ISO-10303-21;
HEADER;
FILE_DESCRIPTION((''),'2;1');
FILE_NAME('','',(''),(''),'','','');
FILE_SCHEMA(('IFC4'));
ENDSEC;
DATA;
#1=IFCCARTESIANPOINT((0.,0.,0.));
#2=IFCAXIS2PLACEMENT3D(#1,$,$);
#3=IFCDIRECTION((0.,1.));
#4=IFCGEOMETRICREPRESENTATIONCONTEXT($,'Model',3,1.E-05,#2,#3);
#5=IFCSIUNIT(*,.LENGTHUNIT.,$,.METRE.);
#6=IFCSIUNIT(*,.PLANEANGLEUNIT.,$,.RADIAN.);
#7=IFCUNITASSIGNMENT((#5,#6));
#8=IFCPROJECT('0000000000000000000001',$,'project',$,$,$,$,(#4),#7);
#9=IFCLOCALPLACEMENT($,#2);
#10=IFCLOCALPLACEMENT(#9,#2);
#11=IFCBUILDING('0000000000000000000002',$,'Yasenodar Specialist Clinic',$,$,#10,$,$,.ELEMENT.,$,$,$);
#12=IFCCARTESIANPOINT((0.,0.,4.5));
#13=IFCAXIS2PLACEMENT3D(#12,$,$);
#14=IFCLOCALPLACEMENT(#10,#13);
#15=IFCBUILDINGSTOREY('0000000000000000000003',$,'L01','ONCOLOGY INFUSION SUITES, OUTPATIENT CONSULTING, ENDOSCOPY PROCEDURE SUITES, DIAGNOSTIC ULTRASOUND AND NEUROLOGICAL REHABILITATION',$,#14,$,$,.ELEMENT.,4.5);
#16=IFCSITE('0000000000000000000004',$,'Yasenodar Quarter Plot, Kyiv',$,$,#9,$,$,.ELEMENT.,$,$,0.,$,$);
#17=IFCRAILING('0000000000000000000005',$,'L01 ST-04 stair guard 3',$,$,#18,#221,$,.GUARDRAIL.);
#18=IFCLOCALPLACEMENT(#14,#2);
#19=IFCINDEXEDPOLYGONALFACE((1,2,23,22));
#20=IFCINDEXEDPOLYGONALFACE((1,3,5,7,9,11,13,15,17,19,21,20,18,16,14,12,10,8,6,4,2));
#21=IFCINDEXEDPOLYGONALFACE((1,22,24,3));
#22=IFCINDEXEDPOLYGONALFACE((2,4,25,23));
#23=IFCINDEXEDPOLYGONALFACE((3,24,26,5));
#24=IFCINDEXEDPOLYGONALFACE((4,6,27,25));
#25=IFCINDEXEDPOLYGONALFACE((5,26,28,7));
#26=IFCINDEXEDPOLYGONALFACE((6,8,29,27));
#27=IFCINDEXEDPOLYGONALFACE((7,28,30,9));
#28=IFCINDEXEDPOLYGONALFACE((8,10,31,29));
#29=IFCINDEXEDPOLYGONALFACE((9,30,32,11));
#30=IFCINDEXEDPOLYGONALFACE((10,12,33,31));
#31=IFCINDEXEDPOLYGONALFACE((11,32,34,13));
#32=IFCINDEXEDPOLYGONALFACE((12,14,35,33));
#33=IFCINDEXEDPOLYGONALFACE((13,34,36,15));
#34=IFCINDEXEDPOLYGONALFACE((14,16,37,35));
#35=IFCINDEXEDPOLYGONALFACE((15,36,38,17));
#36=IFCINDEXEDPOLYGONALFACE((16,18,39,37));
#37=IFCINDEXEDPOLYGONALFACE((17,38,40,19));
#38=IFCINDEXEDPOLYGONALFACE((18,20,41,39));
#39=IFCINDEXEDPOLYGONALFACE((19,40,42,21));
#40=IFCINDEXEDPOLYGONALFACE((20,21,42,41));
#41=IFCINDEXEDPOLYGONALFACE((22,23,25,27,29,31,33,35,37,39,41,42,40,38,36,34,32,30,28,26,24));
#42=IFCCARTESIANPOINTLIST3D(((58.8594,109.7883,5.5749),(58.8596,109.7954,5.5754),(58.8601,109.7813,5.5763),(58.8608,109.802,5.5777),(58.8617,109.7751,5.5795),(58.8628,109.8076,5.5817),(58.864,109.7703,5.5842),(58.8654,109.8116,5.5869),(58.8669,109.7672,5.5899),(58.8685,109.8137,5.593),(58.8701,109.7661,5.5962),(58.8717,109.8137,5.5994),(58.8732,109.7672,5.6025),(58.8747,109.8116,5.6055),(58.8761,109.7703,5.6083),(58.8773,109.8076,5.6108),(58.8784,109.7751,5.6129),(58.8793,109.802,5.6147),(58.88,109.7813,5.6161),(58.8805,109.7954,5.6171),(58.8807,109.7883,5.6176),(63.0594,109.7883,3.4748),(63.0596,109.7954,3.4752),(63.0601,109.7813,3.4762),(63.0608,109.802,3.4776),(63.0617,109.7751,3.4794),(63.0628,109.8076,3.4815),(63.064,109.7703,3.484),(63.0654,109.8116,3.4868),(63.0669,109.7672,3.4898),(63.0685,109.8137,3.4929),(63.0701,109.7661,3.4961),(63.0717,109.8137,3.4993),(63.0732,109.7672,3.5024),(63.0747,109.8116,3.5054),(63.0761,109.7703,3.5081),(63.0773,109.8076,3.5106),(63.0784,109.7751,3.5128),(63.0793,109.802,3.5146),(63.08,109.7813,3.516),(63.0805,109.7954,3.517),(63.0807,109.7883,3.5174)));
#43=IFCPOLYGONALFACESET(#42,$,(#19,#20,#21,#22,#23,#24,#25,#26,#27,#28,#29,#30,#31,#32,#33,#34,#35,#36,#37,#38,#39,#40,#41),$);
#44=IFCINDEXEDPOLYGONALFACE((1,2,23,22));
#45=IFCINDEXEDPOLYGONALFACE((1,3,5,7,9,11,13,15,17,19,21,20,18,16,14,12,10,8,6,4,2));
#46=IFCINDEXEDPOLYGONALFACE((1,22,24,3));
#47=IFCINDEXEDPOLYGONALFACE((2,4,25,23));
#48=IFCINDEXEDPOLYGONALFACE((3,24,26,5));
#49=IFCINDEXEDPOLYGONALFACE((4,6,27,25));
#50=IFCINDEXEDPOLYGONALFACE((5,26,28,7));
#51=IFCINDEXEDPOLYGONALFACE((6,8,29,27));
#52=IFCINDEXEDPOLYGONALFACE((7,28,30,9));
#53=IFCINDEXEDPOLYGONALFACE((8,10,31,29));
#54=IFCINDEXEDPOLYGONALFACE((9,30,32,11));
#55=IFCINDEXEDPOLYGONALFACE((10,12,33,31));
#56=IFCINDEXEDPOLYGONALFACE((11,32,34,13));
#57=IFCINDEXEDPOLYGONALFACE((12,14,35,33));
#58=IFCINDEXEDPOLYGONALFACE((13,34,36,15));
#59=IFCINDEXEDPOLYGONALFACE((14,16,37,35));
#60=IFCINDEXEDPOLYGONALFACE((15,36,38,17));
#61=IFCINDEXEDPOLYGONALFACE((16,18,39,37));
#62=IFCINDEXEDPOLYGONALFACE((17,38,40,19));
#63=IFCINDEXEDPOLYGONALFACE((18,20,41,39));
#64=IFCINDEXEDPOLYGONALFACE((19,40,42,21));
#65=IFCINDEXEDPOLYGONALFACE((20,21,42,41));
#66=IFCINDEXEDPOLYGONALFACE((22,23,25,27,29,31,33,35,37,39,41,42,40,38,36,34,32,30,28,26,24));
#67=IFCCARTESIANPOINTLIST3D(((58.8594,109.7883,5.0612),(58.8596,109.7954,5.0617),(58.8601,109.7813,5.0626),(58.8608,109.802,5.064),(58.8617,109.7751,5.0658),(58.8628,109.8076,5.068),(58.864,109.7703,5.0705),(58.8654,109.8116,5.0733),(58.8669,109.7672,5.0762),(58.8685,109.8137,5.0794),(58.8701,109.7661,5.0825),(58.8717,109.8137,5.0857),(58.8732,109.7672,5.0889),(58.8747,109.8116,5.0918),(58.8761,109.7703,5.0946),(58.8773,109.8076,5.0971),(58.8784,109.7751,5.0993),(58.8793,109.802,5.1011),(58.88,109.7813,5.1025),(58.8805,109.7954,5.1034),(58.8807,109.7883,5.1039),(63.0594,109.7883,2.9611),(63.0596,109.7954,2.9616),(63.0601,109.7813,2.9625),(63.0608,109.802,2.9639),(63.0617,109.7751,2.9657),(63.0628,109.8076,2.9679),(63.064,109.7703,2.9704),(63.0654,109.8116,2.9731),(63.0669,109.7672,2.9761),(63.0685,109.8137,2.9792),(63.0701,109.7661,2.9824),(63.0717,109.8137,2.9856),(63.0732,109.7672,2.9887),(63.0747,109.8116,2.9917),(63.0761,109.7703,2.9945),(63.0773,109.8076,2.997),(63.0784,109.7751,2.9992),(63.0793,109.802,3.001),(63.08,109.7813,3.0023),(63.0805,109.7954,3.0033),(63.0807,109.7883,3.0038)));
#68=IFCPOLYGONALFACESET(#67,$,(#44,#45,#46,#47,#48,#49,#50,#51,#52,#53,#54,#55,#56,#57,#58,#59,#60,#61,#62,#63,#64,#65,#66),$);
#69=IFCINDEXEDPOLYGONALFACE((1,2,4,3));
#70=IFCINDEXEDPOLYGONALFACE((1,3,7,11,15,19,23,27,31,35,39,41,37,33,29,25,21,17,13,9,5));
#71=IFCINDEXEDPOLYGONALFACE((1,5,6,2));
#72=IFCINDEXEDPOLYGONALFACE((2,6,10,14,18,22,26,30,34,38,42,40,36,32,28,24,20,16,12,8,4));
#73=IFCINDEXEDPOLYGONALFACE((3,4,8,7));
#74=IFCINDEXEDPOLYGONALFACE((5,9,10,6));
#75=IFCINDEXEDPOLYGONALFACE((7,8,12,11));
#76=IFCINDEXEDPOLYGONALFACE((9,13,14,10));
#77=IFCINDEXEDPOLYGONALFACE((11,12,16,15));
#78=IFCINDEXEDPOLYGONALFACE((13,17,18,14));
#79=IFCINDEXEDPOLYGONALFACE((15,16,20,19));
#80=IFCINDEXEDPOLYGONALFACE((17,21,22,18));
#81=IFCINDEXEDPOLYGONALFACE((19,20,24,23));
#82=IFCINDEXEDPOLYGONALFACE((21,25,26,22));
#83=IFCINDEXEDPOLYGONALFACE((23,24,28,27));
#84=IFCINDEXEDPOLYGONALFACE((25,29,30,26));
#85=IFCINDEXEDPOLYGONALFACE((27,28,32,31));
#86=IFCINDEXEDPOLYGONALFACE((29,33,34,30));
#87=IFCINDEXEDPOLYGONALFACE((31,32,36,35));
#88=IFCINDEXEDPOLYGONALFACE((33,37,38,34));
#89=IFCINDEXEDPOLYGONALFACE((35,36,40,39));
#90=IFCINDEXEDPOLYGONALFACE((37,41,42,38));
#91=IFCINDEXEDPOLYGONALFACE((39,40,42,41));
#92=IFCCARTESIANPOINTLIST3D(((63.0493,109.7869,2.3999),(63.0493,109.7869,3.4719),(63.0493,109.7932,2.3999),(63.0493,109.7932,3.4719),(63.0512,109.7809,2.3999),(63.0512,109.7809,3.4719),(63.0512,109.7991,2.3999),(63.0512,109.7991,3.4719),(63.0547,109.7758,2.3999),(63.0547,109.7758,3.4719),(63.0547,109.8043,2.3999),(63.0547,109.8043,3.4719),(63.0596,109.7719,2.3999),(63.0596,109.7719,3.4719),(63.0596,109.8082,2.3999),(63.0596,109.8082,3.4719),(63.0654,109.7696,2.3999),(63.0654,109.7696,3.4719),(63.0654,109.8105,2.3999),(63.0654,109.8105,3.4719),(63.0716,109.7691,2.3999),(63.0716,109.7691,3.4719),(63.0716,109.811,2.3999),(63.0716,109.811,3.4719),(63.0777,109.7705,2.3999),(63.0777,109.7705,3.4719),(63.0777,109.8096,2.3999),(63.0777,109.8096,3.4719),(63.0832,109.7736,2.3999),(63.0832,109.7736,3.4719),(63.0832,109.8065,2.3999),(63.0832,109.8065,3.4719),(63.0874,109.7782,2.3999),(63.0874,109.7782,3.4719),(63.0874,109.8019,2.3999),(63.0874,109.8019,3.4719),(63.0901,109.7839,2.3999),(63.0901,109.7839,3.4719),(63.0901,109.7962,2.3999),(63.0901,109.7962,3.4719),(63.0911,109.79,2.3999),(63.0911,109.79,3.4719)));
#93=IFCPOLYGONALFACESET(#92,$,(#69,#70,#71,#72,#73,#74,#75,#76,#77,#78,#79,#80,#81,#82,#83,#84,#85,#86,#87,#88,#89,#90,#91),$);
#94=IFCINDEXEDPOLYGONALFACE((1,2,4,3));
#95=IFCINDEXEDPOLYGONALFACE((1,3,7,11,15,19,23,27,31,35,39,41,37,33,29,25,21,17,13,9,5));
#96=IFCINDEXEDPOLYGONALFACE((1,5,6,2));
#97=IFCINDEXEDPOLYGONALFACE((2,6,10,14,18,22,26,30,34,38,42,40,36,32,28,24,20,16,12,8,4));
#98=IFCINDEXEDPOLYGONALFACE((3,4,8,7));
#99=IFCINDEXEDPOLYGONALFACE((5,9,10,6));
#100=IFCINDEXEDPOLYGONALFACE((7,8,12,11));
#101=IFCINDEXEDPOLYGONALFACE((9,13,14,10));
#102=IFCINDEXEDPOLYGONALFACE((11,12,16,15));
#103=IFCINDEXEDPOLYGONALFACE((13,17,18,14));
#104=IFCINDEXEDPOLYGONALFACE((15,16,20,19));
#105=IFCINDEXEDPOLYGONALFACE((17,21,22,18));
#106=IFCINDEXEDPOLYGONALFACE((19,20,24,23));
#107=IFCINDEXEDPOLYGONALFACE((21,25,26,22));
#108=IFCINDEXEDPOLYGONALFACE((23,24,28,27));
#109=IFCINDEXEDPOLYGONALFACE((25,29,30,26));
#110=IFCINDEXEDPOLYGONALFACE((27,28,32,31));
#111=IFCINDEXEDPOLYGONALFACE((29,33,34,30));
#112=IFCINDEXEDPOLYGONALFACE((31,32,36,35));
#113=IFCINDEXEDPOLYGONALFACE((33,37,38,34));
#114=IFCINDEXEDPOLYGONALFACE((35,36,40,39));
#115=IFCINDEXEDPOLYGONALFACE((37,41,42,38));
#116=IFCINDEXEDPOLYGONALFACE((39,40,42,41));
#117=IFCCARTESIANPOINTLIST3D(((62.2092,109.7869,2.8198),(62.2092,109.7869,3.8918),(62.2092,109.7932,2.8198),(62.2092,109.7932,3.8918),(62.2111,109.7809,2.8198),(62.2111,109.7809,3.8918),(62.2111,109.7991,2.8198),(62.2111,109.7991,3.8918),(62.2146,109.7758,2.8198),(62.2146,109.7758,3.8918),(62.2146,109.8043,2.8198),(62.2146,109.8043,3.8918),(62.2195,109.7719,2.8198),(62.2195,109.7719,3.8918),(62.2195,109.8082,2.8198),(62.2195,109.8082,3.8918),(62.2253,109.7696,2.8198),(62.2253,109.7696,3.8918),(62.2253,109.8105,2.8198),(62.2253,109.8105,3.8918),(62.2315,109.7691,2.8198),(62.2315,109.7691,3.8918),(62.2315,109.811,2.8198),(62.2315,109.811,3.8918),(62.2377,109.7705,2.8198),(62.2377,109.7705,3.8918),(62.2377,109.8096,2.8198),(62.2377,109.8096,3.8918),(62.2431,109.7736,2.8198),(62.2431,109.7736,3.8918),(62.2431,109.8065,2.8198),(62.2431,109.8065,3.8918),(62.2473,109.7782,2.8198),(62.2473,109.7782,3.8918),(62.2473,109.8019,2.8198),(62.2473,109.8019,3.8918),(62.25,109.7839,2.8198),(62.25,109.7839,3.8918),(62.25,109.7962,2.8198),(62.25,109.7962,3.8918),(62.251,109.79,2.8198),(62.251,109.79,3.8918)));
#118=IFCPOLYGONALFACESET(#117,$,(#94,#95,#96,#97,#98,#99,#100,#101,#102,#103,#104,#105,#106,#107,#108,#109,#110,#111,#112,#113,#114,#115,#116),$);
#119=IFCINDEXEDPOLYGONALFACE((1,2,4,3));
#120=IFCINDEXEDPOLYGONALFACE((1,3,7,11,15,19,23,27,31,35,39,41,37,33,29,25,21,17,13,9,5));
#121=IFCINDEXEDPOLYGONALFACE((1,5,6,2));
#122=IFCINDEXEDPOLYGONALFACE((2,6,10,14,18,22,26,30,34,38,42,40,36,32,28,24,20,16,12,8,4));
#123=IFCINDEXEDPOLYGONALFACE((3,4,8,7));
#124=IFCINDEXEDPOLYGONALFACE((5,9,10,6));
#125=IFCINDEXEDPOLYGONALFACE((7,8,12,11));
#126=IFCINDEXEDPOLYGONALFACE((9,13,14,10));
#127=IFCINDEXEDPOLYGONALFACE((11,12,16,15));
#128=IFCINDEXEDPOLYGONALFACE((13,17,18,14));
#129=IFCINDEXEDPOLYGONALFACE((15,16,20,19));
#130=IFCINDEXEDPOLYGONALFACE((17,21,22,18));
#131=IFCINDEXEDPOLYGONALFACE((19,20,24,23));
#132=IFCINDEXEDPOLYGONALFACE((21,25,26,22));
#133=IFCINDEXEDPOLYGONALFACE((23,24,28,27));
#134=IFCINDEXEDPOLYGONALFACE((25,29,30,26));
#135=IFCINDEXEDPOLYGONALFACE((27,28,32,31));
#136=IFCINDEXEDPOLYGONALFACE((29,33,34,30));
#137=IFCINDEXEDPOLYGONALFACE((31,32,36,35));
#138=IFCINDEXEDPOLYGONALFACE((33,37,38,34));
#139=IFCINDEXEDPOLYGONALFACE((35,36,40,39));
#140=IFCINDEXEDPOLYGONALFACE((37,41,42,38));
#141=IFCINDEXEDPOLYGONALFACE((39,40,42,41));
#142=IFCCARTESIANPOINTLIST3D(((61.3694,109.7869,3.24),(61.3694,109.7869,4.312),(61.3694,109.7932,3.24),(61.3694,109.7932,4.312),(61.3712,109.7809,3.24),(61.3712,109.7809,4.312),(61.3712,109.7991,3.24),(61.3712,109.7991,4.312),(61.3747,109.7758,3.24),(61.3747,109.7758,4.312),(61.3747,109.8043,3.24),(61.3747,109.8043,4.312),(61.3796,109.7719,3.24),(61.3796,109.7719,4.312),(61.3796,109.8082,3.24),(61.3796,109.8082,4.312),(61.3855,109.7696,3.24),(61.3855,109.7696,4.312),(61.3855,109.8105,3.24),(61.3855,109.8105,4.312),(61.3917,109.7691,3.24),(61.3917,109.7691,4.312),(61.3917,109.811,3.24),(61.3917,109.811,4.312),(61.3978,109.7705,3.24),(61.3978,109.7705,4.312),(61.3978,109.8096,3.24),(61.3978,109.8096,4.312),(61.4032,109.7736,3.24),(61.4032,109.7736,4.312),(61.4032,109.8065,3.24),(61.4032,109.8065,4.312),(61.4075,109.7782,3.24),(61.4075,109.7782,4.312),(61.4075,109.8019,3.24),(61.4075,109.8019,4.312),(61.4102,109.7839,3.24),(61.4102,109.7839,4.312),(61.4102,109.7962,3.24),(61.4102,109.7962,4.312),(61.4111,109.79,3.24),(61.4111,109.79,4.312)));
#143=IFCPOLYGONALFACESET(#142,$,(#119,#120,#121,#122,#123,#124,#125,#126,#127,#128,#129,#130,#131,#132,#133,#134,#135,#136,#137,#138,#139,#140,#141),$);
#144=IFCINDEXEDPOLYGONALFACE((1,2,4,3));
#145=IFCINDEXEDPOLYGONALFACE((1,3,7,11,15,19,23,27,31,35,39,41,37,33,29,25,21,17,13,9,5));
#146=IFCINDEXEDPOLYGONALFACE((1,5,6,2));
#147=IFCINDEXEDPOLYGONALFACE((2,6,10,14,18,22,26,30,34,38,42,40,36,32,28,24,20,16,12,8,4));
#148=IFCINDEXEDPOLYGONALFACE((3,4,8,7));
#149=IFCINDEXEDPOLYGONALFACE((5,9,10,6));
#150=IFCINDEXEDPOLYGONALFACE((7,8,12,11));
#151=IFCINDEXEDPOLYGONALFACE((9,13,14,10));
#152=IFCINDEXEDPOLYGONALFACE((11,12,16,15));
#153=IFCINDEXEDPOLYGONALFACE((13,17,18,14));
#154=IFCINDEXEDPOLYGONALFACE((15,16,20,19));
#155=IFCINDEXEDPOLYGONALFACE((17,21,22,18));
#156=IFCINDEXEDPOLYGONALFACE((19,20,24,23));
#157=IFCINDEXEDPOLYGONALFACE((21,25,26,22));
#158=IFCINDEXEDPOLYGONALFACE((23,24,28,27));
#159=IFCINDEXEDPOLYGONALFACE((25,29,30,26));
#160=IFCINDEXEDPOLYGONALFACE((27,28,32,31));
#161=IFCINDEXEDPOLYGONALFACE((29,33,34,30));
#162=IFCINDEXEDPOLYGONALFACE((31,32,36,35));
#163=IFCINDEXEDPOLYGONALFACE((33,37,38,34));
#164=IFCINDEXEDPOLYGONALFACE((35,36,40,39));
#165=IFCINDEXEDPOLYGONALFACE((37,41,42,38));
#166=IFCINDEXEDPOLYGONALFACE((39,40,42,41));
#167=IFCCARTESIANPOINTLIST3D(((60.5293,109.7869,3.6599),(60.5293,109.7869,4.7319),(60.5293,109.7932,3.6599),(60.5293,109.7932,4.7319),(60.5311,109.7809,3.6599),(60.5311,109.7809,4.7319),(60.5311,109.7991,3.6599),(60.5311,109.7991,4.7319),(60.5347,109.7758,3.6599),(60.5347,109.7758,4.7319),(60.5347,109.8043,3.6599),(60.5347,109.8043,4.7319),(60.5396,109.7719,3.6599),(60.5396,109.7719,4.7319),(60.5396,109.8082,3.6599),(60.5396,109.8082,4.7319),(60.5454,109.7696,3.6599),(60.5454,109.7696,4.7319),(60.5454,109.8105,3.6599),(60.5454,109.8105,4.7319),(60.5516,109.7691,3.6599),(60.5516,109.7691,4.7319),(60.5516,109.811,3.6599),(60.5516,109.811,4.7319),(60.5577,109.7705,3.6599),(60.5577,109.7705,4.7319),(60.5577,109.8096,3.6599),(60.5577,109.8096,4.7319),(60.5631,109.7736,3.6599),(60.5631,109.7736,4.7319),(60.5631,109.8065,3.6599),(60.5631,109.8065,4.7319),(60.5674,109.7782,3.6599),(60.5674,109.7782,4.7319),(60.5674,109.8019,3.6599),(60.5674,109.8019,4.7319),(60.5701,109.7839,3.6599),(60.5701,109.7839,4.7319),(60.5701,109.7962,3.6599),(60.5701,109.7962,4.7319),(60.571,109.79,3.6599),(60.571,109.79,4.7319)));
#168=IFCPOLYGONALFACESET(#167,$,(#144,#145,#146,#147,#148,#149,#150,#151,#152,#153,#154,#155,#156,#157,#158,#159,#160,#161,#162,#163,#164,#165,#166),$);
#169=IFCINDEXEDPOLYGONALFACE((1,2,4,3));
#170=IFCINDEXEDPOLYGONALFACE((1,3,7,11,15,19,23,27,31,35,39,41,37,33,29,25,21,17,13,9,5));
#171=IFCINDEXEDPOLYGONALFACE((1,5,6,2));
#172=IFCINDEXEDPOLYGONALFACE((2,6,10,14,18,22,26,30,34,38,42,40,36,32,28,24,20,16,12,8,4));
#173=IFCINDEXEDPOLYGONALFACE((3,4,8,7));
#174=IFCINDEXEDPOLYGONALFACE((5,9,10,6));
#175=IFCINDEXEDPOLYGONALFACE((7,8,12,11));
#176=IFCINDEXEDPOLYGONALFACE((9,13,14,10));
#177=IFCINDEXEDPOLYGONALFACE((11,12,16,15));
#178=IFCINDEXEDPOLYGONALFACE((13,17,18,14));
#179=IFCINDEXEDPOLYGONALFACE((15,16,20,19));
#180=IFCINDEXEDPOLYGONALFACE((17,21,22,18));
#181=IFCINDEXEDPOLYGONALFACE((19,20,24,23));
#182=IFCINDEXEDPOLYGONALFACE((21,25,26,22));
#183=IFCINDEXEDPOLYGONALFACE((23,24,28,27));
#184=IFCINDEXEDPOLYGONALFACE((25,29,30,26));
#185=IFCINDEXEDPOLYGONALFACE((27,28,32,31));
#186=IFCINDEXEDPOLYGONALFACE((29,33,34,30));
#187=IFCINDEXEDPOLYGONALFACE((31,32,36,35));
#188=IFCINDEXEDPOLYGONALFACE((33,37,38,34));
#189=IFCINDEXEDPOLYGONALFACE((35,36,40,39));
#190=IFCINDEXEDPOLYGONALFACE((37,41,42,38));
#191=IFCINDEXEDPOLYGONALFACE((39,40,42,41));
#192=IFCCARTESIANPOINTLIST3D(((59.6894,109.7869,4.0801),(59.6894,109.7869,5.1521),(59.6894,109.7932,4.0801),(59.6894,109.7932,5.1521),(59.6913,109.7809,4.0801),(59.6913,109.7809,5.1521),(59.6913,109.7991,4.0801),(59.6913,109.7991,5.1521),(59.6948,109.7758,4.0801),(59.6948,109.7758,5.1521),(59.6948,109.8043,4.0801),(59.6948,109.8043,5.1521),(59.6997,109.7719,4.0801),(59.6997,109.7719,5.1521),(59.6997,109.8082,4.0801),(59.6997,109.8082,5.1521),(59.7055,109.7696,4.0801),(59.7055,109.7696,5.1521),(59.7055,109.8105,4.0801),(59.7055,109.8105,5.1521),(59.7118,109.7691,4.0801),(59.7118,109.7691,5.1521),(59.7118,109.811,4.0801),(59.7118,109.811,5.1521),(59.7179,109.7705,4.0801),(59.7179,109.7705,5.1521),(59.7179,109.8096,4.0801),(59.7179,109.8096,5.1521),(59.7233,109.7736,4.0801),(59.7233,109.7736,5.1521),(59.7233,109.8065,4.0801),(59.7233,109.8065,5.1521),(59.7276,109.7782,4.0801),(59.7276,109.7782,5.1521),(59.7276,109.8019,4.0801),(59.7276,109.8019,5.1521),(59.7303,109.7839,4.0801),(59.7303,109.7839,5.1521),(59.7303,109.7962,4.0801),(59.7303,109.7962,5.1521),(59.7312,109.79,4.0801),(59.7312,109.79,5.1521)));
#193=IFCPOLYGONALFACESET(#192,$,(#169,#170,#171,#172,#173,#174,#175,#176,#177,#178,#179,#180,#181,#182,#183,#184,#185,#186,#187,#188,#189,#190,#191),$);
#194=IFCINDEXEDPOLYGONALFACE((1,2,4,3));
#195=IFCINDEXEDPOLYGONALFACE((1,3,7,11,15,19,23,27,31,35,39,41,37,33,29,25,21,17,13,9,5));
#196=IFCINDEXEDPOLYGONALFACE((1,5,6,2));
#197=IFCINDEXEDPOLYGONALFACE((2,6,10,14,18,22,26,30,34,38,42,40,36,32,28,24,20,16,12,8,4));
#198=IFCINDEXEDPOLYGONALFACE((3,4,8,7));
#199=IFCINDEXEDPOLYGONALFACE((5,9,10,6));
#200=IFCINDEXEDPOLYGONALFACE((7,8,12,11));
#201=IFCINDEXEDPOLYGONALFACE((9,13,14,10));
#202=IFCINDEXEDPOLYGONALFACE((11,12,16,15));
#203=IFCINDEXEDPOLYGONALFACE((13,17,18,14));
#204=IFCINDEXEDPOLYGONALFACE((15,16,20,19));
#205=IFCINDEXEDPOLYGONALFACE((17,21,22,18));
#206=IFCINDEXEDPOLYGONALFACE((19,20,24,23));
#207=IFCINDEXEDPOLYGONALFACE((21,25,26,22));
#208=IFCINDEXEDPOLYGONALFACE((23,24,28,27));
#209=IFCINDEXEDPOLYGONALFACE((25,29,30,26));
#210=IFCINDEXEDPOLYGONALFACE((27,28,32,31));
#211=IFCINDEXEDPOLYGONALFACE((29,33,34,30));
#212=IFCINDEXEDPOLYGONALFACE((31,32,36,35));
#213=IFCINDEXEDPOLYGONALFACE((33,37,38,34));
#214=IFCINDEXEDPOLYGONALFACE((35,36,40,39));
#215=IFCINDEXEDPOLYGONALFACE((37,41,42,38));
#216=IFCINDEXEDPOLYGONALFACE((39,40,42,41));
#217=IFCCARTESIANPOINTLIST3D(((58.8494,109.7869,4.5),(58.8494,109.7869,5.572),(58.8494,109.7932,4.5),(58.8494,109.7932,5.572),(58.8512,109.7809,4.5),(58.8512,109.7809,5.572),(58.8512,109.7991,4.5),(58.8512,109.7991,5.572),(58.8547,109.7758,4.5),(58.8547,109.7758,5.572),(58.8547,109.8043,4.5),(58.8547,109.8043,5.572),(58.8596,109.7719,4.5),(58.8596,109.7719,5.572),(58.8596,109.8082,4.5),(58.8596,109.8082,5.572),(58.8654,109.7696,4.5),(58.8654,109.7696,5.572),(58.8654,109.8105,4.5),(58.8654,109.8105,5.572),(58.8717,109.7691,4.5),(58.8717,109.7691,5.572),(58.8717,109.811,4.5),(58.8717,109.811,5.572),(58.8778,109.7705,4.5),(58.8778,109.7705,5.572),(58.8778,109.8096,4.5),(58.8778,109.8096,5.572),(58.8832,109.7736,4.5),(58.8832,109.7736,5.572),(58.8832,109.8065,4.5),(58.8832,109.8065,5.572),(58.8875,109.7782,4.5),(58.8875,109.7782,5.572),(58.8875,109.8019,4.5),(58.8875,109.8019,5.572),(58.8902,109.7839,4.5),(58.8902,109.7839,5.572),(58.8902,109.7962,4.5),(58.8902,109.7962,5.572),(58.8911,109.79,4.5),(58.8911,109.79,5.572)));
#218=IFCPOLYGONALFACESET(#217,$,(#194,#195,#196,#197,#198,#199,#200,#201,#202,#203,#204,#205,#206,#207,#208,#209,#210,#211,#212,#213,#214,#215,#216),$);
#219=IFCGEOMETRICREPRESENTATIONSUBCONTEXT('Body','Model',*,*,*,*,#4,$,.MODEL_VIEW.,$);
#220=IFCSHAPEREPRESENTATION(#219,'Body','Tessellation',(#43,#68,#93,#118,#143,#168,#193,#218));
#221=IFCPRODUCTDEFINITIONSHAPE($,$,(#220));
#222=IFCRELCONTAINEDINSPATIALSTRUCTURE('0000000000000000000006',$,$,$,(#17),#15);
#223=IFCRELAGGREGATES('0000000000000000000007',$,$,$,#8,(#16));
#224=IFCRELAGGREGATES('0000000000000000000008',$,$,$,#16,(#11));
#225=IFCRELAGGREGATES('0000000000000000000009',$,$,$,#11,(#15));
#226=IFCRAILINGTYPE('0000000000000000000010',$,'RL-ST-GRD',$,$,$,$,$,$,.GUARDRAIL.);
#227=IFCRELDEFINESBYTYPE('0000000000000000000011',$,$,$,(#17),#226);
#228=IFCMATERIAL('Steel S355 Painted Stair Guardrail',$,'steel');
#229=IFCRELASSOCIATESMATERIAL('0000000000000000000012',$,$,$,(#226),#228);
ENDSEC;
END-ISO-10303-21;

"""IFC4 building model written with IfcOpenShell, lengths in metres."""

from ifc_helpers import new_model, si_unit, direction, frame, origin, origin_2d, place, context, subcontext, project, spatial, circle, extrude, material, type_object, element, save


model = new_model("IFC4")

# Units and contexts
model_context = context("Model", 3, precision=1e-05, world=origin(), true_north=direction((0.0, 1.0)))
body_context = subcontext(model_context, "Body", "Model", "MODEL_VIEW")
ifc_project = project(units=[si_unit("LENGTHUNIT", "METRE"), si_unit("PLANEANGLEUNIT", "RADIAN")], contexts=[model_context])

# Site, building, storey
site_placement = place(None, origin())
site = spatial("IfcSite", under=ifc_project, at=site_placement, Name="Yasenodar Quarter Plot, Kyiv", CompositionType="ELEMENT", RefElevation=0.0)
building_placement = place(site_placement, origin())
building = spatial("IfcBuilding", under=site, at=building_placement, Name="Yasenodar Specialist Clinic", CompositionType="ELEMENT")
storey_placement = place(building_placement, frame((0.0, 0.0, 4.5)))
storey = spatial("IfcBuildingStorey", under=building, at=storey_placement, Name="L01", Description="ONCOLOGY INFUSION SUITES, OUTPATIENT CONSULTING, ENDOSCOPY PROCEDURE SUITES, DIAGNOSTIC ULTRASOUND AND NEUROLOGICAL REHABILITATION", CompositionType="ELEMENT", Elevation=4.5)

# Railing
ifc_material_1 = material(Name="Steel S355 Painted Stair Guardrail", Category="steel")
railing_type_1 = type_object("IfcRailingType", Name="RL-ST-GRD", PredefinedType="GUARDRAIL", material=ifc_material_1)
railing_1_placement = place(storey_placement, frame((63.0701, 109.79, 2.3999)))
element("IfcRailing", 1, at=railing_1_placement, inside=storey, type_object=railing_type_1, Name="L01 ST-04 stair guard 3", PredefinedType="GUARDRAIL", context=body_context, shape_type="SweptSolid", body=[
    extrude(circle(Radius=0.0239, at=origin_2d()), frame((0.0, 0.0, 1.0962), z_axis=(-0.894417, 0.0, 0.447234), x_axis=(0.0, -1.0, 0.0)), (0.0, 0.0, 1.0), 4.6958),
    extrude(circle(Radius=0.0239, at=origin_2d()), frame((0.0, 0.0, 0.5825), z_axis=(-0.894417, 0.0, 0.447234), x_axis=(0.0, -1.0, 0.0)), (0.0, 0.0, 1.0), 4.6958),
    extrude(circle(Radius=0.021, at=origin_2d()), origin(), (0.0, 0.0, 1.0), 1.072),
    extrude(circle(Radius=0.021, at=origin_2d()), frame((-0.8401, 0.0, 0.4199)), (0.0, 0.0, 1.0), 1.072),
    extrude(circle(Radius=0.021, at=origin_2d()), frame((-1.6799, 0.0, 0.8401)), (0.0, 0.0, 1.0), 1.072),
    extrude(circle(Radius=0.021, at=origin_2d()), frame((-2.52, 0.0, 1.26)), (0.0, 0.0, 1.0), 1.072),
    extrude(circle(Radius=0.021, at=origin_2d()), frame((-3.3599, 0.0, 1.6802)), (0.0, 0.0, 1.0), 1.072),
    extrude(circle(Radius=0.021, at=origin_2d()), frame((-4.2, 0.0, 2.1001)), (0.0, 0.0, 1.0), 1.072),
])

save(model, "model.ifc")
